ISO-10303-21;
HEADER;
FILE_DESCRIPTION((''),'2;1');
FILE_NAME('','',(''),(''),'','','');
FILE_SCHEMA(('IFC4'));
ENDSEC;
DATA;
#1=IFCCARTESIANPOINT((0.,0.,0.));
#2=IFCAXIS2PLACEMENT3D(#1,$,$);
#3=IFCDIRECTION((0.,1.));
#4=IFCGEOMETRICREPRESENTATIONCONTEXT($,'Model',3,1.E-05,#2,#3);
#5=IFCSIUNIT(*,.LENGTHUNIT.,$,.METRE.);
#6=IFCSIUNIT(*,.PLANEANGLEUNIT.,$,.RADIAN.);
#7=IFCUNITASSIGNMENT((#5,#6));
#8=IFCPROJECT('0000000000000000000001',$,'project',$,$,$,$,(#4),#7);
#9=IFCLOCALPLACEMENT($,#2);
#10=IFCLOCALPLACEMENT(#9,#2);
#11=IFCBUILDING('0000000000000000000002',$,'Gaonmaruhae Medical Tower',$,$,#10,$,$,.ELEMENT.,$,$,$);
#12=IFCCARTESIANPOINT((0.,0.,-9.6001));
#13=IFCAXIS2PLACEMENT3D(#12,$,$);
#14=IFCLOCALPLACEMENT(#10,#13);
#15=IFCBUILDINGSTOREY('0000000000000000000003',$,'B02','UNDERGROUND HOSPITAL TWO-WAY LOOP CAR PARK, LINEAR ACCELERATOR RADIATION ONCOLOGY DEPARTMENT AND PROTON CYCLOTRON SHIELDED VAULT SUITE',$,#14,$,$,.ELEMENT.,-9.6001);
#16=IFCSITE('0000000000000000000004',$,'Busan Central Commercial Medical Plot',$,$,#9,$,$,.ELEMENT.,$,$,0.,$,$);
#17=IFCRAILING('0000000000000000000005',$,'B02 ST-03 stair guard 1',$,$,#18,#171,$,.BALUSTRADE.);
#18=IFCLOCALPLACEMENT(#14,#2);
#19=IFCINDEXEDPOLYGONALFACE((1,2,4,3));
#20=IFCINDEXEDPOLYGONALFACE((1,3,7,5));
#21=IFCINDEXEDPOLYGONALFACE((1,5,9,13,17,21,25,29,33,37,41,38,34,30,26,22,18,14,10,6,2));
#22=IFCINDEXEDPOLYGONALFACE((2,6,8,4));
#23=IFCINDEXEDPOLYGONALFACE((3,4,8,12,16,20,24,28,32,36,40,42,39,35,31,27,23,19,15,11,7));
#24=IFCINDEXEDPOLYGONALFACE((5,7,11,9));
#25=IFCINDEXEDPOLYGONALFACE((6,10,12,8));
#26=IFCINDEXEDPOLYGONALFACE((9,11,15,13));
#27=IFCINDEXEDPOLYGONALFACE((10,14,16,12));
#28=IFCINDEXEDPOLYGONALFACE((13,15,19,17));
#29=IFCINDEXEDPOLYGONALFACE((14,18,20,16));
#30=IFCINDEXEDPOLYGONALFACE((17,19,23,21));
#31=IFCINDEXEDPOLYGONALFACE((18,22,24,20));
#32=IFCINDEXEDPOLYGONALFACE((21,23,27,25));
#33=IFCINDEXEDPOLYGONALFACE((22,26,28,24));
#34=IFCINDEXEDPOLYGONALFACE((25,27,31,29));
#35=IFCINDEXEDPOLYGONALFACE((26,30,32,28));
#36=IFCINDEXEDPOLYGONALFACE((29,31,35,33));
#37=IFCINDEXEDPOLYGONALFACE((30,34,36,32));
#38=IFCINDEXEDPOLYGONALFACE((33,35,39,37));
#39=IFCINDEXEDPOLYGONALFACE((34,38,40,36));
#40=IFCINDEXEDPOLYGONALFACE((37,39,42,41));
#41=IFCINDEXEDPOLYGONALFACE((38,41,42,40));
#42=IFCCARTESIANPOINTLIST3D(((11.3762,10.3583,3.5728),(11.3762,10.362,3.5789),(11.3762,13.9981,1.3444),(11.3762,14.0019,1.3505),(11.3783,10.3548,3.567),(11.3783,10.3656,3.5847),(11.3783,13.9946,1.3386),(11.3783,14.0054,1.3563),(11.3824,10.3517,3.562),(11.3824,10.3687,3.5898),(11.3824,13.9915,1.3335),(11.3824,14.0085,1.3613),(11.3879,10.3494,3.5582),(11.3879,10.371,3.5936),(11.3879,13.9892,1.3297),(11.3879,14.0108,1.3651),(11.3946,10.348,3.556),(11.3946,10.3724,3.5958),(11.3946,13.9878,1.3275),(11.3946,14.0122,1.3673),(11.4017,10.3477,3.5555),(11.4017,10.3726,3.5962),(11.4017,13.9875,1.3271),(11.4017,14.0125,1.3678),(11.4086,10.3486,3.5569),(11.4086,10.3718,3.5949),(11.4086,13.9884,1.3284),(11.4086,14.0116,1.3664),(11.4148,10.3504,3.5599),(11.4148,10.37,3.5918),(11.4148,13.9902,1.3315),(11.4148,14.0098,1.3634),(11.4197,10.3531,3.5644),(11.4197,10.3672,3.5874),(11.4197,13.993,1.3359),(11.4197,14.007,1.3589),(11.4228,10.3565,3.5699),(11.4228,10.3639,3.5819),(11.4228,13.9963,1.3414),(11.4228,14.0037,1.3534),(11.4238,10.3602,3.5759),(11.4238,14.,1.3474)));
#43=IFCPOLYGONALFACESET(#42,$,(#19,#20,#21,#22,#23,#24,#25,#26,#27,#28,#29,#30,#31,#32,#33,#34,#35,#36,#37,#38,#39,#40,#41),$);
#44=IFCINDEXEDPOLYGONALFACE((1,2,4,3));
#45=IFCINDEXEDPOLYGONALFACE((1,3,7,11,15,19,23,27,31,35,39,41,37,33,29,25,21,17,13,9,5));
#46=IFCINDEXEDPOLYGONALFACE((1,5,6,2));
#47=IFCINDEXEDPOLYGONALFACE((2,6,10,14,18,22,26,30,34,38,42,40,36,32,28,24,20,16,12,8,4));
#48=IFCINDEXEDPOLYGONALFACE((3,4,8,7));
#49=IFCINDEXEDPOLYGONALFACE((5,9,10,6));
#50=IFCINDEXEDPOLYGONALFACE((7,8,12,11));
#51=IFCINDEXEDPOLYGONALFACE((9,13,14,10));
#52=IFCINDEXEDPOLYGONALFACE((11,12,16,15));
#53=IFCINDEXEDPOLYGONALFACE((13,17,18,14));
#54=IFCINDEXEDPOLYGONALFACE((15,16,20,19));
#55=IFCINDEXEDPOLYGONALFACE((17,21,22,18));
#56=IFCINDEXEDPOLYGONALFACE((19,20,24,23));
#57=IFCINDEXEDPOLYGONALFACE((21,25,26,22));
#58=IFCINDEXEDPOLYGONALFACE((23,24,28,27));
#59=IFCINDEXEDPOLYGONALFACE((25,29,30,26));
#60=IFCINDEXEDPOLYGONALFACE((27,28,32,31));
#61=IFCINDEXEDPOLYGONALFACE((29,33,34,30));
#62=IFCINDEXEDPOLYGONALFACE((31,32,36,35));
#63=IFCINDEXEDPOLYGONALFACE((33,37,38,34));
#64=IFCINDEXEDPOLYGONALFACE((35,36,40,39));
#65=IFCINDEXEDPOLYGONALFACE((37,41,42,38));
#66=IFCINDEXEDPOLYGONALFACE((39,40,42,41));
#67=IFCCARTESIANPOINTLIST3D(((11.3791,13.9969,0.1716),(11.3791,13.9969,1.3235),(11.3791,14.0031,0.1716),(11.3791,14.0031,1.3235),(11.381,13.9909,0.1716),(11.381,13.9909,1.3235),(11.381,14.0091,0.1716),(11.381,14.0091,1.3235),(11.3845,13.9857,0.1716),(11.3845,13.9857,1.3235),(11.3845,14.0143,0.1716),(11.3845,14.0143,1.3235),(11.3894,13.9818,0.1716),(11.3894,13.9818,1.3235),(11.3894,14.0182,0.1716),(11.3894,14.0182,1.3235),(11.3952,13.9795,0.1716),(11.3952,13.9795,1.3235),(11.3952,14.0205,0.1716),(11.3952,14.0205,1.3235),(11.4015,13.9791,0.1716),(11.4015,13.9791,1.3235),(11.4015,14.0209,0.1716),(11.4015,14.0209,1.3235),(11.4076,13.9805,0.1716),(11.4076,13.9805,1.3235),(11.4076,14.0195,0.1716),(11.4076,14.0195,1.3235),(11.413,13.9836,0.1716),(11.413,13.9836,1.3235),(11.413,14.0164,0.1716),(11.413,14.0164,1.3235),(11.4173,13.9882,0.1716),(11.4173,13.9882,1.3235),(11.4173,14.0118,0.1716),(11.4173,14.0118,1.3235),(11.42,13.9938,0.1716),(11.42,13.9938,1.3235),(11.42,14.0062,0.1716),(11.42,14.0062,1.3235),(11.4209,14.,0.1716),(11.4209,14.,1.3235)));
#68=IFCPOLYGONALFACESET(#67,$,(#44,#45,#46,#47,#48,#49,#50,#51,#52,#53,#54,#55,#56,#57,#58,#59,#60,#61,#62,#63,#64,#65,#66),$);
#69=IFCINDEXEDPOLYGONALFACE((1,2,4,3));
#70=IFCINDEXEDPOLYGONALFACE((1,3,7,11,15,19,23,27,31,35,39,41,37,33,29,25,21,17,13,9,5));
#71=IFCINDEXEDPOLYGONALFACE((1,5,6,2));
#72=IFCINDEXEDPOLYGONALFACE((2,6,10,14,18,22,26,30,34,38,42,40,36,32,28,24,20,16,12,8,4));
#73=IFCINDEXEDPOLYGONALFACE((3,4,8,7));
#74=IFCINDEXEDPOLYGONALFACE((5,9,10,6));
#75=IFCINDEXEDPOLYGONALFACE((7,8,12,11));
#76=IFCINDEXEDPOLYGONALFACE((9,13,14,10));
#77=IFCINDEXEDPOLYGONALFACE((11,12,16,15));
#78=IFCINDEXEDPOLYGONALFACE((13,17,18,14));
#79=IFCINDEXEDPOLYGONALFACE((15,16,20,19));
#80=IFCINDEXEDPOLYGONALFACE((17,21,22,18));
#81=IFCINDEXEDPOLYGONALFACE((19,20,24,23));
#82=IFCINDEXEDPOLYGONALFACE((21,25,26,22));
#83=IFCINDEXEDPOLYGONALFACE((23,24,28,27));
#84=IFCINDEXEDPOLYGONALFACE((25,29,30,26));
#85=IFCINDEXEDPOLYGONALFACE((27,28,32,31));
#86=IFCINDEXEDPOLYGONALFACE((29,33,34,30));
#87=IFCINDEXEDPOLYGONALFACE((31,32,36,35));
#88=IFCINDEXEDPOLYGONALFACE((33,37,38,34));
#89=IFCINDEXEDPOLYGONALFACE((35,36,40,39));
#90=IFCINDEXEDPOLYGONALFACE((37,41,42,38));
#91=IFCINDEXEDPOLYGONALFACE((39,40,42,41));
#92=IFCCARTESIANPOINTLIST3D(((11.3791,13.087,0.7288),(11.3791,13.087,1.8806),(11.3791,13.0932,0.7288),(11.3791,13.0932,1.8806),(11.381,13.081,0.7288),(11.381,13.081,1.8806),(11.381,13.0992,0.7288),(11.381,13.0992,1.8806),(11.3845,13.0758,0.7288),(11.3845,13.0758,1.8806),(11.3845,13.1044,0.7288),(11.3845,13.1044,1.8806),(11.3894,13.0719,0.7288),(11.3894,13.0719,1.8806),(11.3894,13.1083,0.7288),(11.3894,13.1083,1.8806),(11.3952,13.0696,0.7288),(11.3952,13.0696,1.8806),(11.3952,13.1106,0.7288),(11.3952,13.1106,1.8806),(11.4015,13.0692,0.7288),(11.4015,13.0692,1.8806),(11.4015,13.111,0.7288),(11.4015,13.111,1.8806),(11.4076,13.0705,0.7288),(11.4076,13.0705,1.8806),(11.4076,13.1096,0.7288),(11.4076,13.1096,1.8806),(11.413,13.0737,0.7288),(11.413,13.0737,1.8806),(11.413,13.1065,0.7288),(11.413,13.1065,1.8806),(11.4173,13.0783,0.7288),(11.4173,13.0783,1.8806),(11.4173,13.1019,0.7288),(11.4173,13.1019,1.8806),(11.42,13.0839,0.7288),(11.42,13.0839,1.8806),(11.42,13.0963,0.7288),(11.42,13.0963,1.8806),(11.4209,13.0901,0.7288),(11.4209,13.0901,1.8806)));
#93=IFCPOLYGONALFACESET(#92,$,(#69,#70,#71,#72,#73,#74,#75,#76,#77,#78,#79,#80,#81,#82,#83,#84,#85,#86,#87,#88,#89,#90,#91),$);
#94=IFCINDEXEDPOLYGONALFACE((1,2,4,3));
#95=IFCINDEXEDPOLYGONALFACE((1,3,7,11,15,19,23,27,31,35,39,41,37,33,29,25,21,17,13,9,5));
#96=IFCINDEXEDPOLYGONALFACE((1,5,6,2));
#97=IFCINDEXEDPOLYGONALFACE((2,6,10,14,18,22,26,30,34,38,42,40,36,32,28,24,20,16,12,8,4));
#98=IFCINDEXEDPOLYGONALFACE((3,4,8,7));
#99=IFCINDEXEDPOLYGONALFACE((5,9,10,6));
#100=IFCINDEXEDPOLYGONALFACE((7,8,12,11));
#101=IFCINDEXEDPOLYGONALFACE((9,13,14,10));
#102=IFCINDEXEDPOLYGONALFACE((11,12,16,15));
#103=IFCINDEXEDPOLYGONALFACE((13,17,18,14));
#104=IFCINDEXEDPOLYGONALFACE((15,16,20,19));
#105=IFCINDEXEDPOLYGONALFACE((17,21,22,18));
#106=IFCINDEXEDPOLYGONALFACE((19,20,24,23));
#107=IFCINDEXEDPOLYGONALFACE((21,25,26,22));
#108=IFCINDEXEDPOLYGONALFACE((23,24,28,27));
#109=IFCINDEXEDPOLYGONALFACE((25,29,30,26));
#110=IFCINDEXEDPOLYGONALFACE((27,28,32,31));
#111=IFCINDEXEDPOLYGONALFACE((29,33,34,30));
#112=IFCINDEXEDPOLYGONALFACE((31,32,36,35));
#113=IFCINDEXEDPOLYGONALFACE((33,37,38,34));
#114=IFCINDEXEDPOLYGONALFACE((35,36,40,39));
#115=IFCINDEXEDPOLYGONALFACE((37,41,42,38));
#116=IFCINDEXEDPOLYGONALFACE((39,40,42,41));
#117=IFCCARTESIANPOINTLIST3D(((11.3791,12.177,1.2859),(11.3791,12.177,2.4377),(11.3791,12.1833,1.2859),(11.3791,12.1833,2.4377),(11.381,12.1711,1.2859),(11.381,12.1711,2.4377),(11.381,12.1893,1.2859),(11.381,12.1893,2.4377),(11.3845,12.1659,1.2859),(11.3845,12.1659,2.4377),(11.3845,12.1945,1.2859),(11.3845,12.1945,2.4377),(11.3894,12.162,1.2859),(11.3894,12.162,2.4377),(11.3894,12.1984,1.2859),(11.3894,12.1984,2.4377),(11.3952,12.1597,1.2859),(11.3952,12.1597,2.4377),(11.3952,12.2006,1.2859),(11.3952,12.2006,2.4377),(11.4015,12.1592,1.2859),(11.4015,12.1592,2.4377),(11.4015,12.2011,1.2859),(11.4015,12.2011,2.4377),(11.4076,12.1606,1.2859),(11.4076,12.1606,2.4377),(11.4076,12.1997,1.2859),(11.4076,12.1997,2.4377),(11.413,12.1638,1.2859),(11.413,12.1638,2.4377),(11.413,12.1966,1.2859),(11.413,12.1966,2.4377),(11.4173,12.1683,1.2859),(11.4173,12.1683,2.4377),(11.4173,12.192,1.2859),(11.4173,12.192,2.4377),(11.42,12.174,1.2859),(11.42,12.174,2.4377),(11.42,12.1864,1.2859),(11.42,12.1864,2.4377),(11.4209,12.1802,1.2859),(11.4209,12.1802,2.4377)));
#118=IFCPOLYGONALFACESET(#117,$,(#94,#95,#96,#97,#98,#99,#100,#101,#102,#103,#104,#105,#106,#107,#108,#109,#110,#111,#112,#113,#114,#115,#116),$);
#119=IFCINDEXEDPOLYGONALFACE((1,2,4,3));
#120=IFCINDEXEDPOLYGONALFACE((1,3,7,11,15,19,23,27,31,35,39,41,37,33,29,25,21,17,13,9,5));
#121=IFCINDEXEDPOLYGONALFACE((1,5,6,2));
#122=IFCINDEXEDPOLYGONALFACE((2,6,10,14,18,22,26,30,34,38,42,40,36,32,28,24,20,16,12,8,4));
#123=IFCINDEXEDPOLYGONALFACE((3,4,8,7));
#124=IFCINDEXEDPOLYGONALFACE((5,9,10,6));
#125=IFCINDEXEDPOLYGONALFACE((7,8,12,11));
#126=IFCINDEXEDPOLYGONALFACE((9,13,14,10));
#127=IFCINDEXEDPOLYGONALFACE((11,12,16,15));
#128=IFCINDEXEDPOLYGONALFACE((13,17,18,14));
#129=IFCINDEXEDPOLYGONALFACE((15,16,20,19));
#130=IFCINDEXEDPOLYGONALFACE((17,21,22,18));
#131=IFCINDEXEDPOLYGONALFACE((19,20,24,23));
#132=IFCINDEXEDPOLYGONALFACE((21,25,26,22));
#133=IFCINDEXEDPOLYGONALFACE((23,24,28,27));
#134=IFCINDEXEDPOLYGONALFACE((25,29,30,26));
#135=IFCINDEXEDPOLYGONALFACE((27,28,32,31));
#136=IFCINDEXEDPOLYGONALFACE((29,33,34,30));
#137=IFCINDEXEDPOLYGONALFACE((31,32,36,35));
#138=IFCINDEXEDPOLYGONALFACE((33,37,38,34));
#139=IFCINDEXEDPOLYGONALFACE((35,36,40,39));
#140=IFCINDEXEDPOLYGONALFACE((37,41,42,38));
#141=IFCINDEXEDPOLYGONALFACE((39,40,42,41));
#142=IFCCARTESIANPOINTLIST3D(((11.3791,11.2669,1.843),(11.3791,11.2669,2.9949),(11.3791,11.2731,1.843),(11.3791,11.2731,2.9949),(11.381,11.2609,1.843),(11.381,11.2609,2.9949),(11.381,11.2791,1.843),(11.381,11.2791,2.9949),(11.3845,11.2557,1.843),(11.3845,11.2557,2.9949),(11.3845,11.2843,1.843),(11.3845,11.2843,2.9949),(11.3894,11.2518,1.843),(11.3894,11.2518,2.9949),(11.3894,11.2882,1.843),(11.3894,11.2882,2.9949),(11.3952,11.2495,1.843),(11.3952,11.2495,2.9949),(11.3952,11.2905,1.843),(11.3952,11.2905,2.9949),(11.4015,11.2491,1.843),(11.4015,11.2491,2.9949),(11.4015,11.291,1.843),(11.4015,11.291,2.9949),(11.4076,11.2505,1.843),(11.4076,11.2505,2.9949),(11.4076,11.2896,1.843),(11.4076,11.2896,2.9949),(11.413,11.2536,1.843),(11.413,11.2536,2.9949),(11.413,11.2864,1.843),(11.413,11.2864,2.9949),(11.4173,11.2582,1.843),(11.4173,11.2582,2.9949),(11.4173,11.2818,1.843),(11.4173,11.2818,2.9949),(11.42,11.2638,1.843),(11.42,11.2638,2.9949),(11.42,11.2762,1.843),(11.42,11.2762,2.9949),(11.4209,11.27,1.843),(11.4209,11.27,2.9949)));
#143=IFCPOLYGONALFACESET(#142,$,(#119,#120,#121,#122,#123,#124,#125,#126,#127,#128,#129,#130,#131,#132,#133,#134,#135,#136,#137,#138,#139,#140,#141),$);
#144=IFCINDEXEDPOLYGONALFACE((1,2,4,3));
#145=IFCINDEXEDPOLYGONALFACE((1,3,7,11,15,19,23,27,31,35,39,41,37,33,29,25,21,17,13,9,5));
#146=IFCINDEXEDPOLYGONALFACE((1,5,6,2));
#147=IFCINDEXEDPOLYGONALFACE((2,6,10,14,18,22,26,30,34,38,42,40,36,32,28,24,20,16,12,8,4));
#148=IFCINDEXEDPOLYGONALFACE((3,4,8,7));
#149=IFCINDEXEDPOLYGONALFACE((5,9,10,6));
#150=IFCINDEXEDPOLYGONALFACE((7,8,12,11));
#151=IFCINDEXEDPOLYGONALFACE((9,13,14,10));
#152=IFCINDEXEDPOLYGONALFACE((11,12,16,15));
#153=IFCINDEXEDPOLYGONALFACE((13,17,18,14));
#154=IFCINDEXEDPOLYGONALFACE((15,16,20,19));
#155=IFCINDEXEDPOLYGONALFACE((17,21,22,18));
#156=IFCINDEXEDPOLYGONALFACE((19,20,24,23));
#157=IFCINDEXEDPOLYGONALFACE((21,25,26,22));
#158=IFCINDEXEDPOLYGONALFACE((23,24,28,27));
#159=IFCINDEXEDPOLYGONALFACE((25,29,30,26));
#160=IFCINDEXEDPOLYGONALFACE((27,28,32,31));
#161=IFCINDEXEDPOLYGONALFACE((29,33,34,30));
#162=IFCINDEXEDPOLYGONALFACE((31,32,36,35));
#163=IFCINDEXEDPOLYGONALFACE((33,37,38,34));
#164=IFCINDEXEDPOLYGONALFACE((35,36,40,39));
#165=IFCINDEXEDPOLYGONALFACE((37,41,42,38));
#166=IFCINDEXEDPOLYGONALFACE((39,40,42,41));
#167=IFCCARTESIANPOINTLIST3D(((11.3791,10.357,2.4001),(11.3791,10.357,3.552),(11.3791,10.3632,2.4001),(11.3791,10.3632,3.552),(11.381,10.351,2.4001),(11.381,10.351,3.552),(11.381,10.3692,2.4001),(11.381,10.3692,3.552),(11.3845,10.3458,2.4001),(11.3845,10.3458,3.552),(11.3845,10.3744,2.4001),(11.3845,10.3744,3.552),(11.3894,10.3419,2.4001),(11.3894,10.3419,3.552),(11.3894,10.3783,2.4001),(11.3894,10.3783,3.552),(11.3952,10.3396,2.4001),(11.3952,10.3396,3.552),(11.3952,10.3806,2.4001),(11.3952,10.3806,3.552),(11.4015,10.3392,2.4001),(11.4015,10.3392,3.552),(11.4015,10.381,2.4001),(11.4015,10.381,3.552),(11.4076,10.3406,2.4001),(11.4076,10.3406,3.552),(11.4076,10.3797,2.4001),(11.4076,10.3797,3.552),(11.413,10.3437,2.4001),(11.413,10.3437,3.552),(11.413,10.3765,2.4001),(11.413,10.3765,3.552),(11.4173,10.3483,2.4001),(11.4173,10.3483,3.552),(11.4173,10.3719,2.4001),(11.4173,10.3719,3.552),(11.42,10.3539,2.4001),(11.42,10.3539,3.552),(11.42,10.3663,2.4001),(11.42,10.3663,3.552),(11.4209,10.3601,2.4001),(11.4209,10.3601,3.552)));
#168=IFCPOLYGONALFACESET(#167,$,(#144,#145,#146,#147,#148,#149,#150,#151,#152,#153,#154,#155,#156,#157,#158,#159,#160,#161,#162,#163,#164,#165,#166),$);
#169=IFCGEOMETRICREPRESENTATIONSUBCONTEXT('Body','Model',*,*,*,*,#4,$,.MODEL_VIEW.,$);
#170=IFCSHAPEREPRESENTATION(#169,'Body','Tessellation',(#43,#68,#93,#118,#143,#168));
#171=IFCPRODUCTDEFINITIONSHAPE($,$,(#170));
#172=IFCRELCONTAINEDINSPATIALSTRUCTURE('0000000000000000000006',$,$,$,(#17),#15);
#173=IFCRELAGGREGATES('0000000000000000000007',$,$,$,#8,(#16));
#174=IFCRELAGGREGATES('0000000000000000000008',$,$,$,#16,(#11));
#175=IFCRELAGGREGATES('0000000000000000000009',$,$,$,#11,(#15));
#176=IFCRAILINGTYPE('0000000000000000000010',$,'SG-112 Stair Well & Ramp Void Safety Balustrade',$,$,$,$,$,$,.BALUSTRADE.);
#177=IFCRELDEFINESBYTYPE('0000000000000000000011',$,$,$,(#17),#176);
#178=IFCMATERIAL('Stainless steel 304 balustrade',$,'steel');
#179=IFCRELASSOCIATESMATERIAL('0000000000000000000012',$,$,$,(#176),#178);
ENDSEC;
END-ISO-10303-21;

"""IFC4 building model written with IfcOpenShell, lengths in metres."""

from ifc_helpers import new_model, si_unit, direction, frame, origin, origin_2d, place, context, subcontext, project, spatial, circle, extrude, material, type_object, element, save


model = new_model("IFC4")

# Units and contexts
model_context = context("Model", 3, precision=1e-05, world=origin(), true_north=direction((0.0, 1.0)))
body_context = subcontext(model_context, "Body", "Model", "MODEL_VIEW")
ifc_project = project(units=[si_unit("LENGTHUNIT", "METRE"), si_unit("PLANEANGLEUNIT", "RADIAN")], contexts=[model_context])

# Site, building, storey
site_placement = place(None, origin())
site = spatial("IfcSite", under=ifc_project, at=site_placement, Name="Busan Central Commercial Medical Plot", CompositionType="ELEMENT", RefElevation=0.0)
building_placement = place(site_placement, origin())
building = spatial("IfcBuilding", under=site, at=building_placement, Name="Gaonmaruhae Medical Tower", CompositionType="ELEMENT")
storey_placement = place(building_placement, frame((0.0, 0.0, -9.6001)))
storey = spatial("IfcBuildingStorey", under=building, at=storey_placement, Name="B02", Description="UNDERGROUND HOSPITAL TWO-WAY LOOP CAR PARK, LINEAR ACCELERATOR RADIATION ONCOLOGY DEPARTMENT AND PROTON CYCLOTRON SHIELDED VAULT SUITE", CompositionType="ELEMENT", Elevation=-9.6001)

# Railing
ifc_material_1 = material(Name="Stainless steel 304 balustrade", Category="steel")
railing_type_1 = type_object("IfcRailingType", Name="SG-112 Stair Well & Ramp Void Safety Balustrade", PredefinedType="BALUSTRADE", material=ifc_material_1)
railing_1_placement = place(storey_placement, frame((11.3999, 14.0, 0.1716)))
element("IfcRailing", 1, at=railing_1_placement, inside=storey, type_object=railing_type_1, Name="B02 ST-03 stair guard 1", PredefinedType="BALUSTRADE", context=body_context, shape_type="SweptSolid", body=[
    extrude(circle(Radius=0.0239, at=origin_2d()), frame((0.0, 0.0, 1.1758), z_axis=(0.0, -0.85285, 0.522156), x_axis=(1.0, 0.0, 0.0)), (0.0, 0.0, 1.0), 4.2678),
    extrude(circle(Radius=0.021, at=origin_2d()), origin(), (0.0, 0.0, 1.0), 1.1519),
    extrude(circle(Radius=0.021, at=origin_2d()), frame((0.0, -0.9099, 0.5571)), (0.0, 0.0, 1.0), 1.1519),
    extrude(circle(Radius=0.021, at=origin_2d()), frame((0.0, -1.8198, 1.1143)), (0.0, 0.0, 1.0), 1.1519),
    extrude(circle(Radius=0.021, at=origin_2d()), frame((0.0, -2.73, 1.6714)), (0.0, 0.0, 1.0), 1.1519),
    extrude(circle(Radius=0.021, at=origin_2d()), frame((0.0, -3.6399, 2.2285)), (0.0, 0.0, 1.0), 1.1519),
])

save(model, "model.ifc")
